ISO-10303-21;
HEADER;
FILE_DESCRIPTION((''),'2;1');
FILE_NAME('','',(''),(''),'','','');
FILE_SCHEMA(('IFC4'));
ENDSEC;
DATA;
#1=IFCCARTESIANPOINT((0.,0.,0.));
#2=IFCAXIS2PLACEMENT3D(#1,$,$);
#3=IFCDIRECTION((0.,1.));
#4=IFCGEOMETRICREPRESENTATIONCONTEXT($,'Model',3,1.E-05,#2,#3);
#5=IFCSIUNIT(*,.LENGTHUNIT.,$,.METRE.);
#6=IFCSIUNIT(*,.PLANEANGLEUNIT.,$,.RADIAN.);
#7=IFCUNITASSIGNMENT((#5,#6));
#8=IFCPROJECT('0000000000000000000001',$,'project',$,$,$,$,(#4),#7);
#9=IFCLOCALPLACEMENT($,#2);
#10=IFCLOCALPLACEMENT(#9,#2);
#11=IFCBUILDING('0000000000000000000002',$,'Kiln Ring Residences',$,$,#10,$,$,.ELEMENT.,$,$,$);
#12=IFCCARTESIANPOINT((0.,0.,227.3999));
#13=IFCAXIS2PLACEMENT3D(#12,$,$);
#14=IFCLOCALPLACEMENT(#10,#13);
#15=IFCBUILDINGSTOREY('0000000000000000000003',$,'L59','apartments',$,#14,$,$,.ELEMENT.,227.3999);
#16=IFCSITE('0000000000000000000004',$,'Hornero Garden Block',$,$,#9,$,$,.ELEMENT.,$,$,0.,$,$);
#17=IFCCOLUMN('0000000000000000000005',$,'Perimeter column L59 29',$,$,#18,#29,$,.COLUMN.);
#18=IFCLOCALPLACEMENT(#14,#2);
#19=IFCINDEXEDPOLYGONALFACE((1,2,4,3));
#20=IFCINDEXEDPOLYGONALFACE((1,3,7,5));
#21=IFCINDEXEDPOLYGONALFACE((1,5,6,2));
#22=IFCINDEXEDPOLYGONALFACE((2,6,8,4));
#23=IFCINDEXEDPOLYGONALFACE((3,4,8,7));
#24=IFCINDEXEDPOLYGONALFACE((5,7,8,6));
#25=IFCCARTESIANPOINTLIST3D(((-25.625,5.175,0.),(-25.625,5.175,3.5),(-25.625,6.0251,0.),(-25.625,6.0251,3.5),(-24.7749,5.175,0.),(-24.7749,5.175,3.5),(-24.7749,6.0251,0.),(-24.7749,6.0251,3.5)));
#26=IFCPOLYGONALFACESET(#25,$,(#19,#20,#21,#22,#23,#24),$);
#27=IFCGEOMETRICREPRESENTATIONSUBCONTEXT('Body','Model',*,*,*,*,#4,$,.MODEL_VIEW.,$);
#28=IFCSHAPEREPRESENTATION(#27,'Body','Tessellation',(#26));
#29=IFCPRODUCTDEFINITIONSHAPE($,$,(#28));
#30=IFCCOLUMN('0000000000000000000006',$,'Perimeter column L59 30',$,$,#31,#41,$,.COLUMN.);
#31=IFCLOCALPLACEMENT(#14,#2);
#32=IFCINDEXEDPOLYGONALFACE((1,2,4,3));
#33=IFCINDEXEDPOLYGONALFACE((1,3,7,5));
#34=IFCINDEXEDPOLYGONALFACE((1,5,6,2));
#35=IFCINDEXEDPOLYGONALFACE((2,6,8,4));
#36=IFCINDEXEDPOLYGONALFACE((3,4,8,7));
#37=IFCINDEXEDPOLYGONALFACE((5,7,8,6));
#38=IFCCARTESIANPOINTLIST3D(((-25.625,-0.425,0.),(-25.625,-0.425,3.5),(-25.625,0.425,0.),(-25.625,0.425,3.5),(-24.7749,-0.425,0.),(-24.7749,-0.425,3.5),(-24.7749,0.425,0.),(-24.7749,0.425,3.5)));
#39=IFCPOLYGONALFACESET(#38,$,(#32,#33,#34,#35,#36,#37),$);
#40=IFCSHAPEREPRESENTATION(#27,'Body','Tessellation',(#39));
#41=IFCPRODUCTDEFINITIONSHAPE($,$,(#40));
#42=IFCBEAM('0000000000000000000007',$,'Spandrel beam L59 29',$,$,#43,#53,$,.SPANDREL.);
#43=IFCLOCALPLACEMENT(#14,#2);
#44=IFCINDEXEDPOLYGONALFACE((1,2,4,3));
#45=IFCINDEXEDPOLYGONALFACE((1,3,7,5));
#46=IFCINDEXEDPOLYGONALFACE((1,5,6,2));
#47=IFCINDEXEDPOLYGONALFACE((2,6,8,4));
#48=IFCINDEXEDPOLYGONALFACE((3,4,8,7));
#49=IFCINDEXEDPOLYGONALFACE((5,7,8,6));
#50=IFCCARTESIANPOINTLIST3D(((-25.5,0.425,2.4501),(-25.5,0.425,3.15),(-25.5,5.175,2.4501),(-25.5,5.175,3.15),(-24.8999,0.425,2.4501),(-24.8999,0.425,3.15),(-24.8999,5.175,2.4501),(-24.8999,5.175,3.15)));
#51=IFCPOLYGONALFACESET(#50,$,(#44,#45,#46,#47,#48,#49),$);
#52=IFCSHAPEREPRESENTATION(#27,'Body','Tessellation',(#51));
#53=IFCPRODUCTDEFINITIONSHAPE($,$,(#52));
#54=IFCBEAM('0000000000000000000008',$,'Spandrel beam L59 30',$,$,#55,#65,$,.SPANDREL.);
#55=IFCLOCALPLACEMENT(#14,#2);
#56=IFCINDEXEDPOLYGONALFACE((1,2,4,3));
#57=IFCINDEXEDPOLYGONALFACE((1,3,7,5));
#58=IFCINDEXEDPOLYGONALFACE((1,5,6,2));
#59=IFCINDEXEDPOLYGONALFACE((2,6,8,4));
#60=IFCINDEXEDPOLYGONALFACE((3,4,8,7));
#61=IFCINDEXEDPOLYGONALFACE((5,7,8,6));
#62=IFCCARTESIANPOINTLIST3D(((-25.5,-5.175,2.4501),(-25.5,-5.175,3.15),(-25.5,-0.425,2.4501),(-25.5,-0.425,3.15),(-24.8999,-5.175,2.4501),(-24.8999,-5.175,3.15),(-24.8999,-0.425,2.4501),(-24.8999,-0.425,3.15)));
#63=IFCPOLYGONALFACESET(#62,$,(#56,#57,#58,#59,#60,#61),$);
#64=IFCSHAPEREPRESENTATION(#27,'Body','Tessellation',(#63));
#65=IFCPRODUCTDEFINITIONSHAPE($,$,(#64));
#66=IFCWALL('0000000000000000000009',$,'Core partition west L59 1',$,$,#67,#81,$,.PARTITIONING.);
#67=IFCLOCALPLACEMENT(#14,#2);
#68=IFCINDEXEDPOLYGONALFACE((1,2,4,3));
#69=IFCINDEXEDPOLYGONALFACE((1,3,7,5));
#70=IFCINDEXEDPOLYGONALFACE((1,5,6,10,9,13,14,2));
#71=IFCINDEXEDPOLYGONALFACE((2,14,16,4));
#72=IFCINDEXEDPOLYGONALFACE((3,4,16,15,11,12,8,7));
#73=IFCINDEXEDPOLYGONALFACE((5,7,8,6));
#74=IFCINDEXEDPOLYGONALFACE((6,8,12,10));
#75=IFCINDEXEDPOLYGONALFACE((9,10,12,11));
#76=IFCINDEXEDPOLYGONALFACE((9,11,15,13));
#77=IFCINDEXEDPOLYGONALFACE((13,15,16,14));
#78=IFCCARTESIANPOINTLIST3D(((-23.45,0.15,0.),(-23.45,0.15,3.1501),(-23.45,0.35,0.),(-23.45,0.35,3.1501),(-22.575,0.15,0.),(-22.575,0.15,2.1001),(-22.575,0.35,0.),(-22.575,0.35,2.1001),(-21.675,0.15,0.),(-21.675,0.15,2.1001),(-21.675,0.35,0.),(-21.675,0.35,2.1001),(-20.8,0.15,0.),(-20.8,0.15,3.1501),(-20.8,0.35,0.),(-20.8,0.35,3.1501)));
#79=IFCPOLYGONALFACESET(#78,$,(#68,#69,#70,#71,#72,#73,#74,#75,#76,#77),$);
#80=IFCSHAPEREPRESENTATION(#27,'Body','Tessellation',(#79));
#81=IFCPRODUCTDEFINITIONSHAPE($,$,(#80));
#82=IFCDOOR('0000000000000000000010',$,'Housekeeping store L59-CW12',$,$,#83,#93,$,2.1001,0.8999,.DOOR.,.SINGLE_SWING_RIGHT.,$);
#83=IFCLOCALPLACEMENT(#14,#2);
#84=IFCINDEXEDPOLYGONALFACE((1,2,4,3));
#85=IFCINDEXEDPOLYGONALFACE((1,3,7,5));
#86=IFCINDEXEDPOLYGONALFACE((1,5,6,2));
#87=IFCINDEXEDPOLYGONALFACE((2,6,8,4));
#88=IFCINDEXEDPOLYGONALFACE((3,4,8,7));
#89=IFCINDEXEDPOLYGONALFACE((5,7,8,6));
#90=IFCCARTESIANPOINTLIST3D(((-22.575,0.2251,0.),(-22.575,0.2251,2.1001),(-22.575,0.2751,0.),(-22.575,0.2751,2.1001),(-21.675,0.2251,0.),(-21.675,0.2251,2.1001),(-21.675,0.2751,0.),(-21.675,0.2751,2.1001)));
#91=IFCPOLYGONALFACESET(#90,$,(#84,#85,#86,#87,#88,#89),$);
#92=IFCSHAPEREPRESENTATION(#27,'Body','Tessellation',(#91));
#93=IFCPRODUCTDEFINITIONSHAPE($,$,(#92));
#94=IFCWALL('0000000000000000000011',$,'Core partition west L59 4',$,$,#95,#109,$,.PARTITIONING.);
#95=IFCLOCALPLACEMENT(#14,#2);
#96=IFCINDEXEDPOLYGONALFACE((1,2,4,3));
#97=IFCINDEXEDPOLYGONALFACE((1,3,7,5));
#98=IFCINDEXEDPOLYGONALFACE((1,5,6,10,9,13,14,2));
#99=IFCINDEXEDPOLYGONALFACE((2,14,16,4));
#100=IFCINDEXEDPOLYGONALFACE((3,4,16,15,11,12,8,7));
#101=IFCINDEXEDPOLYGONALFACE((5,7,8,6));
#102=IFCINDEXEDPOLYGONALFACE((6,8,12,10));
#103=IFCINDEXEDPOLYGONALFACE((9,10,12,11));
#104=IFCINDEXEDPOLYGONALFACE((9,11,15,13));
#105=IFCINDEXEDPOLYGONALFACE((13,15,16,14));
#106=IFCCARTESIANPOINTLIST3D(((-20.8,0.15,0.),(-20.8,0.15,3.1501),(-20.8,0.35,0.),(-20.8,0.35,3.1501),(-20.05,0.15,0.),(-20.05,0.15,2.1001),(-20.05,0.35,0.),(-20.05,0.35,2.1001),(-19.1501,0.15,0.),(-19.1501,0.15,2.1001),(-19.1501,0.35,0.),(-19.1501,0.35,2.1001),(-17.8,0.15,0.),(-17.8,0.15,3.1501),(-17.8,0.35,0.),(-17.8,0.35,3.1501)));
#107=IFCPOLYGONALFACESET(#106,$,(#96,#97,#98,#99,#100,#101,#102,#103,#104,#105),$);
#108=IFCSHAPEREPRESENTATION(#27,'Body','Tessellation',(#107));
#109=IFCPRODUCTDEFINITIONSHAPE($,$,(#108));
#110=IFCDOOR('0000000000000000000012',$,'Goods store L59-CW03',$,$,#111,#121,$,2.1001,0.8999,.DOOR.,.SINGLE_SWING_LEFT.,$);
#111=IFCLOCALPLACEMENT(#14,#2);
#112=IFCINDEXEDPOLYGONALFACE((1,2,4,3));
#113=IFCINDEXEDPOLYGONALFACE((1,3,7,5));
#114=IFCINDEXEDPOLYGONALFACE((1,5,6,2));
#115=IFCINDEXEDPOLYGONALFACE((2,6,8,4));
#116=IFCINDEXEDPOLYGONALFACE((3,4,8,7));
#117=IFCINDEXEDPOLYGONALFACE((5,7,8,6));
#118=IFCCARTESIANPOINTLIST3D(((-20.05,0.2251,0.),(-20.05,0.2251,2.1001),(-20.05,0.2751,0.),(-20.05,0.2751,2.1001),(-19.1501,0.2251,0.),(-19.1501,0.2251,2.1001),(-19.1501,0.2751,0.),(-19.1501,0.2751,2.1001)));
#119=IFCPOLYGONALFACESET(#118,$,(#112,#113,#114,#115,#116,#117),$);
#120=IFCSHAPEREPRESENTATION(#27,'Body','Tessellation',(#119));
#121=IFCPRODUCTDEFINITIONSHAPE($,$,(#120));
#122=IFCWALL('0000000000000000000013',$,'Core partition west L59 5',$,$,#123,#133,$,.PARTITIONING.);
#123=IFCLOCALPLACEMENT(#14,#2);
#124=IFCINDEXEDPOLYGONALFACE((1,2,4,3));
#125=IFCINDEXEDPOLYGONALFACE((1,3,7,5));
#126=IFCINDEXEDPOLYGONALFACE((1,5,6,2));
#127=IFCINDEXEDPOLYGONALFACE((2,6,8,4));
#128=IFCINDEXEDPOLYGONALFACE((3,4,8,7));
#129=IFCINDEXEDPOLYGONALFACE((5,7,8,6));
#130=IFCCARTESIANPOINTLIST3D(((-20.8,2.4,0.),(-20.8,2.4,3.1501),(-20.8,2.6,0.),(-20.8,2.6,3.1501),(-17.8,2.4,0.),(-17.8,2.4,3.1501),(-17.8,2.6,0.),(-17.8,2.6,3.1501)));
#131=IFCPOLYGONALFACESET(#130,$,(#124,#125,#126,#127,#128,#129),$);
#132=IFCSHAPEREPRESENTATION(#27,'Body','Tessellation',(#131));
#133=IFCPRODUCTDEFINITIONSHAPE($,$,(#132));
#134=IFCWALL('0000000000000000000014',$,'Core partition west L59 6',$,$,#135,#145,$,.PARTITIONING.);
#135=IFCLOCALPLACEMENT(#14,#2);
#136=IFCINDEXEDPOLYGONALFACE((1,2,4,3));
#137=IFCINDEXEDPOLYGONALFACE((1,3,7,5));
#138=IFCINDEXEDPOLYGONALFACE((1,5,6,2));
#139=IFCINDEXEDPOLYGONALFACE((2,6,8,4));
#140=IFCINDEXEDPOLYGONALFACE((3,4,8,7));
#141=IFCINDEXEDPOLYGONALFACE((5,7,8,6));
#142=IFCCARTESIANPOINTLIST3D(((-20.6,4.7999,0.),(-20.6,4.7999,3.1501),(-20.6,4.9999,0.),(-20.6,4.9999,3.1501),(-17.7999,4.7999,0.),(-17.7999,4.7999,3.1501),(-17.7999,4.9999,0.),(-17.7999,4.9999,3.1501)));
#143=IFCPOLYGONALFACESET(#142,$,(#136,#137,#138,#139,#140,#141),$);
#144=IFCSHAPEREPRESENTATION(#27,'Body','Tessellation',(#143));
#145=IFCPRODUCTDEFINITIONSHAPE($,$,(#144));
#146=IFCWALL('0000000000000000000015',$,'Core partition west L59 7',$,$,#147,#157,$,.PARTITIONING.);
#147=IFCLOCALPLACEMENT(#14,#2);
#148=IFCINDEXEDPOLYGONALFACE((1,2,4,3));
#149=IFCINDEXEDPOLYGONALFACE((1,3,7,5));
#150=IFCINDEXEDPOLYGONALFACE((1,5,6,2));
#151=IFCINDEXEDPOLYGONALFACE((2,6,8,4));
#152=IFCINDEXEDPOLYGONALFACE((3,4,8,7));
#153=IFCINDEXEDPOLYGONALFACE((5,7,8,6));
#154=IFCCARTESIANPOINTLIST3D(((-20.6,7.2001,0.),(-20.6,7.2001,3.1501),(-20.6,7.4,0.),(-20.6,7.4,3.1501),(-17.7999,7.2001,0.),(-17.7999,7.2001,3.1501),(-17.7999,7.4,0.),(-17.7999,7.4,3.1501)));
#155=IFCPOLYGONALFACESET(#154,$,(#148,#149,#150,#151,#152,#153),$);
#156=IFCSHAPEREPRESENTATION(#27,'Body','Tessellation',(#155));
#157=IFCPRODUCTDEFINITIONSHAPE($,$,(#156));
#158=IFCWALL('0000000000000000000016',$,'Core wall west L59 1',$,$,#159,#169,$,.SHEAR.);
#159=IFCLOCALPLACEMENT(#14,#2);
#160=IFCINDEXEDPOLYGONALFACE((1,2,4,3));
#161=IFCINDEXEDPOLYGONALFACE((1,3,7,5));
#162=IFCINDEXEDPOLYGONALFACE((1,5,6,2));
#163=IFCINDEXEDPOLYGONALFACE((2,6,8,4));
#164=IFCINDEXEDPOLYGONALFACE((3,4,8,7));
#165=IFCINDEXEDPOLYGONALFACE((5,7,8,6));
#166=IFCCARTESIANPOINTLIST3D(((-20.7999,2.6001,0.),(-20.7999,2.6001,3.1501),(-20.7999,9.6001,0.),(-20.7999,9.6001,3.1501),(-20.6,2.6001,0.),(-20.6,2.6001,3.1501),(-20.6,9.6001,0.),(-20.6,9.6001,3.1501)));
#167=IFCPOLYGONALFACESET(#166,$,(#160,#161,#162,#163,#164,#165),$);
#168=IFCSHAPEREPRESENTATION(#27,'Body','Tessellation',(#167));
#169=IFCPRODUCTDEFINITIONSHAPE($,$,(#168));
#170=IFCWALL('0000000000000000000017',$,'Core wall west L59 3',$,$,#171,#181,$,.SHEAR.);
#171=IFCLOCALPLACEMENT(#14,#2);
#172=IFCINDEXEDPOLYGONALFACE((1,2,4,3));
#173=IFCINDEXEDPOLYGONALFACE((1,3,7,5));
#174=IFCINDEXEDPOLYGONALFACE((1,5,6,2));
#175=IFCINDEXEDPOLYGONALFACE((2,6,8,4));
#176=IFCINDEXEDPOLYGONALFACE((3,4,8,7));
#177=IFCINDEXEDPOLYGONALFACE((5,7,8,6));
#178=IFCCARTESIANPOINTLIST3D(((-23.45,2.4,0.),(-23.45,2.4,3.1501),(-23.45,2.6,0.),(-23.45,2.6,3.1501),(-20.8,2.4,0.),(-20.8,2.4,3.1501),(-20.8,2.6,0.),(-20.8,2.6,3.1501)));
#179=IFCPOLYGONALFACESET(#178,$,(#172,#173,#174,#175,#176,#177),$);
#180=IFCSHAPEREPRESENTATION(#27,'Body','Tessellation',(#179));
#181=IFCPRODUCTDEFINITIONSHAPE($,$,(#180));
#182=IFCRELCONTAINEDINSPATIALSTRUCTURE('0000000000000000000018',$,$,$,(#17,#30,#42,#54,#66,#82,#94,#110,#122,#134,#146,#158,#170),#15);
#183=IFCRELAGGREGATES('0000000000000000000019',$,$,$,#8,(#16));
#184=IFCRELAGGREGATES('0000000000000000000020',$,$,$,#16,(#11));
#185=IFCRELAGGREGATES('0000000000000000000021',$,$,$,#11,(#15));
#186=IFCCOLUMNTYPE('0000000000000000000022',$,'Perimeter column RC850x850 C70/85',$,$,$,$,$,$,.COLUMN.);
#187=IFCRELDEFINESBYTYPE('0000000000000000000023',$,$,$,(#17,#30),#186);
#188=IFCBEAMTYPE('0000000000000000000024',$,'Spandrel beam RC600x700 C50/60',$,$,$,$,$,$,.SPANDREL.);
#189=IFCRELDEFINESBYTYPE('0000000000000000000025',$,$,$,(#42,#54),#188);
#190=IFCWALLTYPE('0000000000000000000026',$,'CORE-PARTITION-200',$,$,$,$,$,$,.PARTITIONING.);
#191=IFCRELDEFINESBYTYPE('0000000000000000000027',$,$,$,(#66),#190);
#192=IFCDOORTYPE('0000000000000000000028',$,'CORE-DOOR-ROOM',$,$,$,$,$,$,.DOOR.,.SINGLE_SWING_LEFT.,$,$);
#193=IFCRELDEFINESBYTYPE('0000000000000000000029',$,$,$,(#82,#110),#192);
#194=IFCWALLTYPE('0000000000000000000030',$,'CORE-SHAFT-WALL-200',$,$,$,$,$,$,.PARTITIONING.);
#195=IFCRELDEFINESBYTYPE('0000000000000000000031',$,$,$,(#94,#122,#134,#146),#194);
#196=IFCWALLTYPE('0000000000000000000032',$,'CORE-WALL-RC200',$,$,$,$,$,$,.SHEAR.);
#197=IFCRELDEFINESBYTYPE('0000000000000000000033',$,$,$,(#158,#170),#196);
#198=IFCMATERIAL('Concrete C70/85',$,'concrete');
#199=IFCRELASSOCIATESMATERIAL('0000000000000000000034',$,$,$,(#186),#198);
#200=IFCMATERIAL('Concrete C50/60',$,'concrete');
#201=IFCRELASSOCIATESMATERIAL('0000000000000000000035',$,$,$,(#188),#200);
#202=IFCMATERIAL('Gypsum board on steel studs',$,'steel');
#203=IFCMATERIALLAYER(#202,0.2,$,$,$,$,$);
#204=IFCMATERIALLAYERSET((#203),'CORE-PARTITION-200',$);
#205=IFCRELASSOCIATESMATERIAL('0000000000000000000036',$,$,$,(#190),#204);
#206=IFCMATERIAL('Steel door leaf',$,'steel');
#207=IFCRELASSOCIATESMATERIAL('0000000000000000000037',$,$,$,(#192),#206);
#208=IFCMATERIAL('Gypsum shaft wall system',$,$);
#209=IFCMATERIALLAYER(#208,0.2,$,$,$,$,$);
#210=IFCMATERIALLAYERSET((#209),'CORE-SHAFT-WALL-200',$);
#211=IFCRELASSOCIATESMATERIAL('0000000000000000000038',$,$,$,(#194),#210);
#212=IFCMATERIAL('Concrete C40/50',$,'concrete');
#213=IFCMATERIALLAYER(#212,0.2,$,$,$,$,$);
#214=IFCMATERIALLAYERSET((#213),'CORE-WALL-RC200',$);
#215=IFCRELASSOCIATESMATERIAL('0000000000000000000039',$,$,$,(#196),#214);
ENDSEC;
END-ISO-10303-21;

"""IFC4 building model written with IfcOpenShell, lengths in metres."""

from ifc_helpers import new_model, si_unit, direction, frame, frame_2d, origin, origin_2d, place, context, subcontext, project, spatial, rectangle, extrude, material, layer, layer_set, material_profile, profile_set, type_object, element, fill, save


model = new_model("IFC4")

# Units and contexts
model_context = context("Model", 3, precision=1e-05, world=origin(), true_north=direction((0.0, 1.0)))
body_context = subcontext(model_context, "Body", "Model", "MODEL_VIEW")
ifc_project = project(units=[si_unit("LENGTHUNIT", "METRE"), si_unit("PLANEANGLEUNIT", "RADIAN")], contexts=[model_context])

# Site, building, storey
site_placement = place(None, origin())
site = spatial("IfcSite", under=ifc_project, at=site_placement, Name="Hornero Garden Block", CompositionType="ELEMENT", RefElevation=0.0)
building_placement = place(site_placement, origin())
building = spatial("IfcBuilding", under=site, at=building_placement, Name="Kiln Ring Residences", CompositionType="ELEMENT")
storey_placement = place(building_placement, frame((0.0, 0.0, 227.3999)))
storey = spatial("IfcBuildingStorey", under=building, at=storey_placement, Name="L59", Description="apartments", CompositionType="ELEMENT", Elevation=227.3999)

# Columns
ifc_material_1 = material(Name="Concrete C70/85", Category="concrete")
ifc_material_profile_1 = material_profile(ifc_material_1, rectangle(XDim=0.8501, YDim=0.8501, at=origin_2d()), Name="RC850x850")
ifc_profile_set_1 = profile_set([ifc_material_profile_1], Name="Concrete C70/85")
column_type = type_object("IfcColumnType", Name="Perimeter column RC850x850 C70/85", PredefinedType="COLUMN", material=ifc_profile_set_1)
for number, where, z_axis, x_axis, name in (
    (1, (-25.2, 5.6001, 0.0), (0.0, 0.0, 1.0), (1.0, 0.0, 0.0), "Perimeter column L59 29"),
    (2, (-25.2, 0.0, 0.0), (0.0, 0.0, 1.0), (1.0, 0.0, 0.0), "Perimeter column L59 30"),
):
    element("IfcColumn", number, at=place(storey_placement, frame(where, z_axis=z_axis, x_axis=x_axis)), inside=storey, type_object=column_type, Name=name, PredefinedType="COLUMN", context=body_context, shape_type="SweptSolid", body=[
        extrude(rectangle(XDim=0.8501, YDim=0.8501, at=origin_2d()), origin(), (0.0, 0.0, 1.0), 3.5),
    ])

# Beams
ifc_material_2 = material(Name="Concrete C50/60", Category="concrete")
ifc_material_profile_2 = material_profile(ifc_material_2, rectangle(XDim=0.6001, YDim=0.7, at=origin_2d()), Name="RC600x700")
ifc_profile_set_2 = profile_set([ifc_material_profile_2], Name="Concrete C50/60")
beam_type = type_object("IfcBeamType", Name="Spandrel beam RC600x700 C50/60", PredefinedType="SPANDREL", material=ifc_profile_set_2)
for number, where, z_axis, x_axis, name in (
    (3, (-25.2, 5.175, 2.8), (0.0, -1.0, 0.0), (1.0, 0.0, 0.0), "Spandrel beam L59 29"),
    (4, (-25.2, -0.425, 2.8), (0.0, -1.0, 0.0), (1.0, 0.0, 0.0), "Spandrel beam L59 30"),
):
    element("IfcBeam", number, at=place(storey_placement, frame(where, z_axis=z_axis, x_axis=x_axis)), inside=storey, type_object=beam_type, Name=name, PredefinedType="SPANDREL", context=body_context, shape_type="SweptSolid", body=[
        extrude(rectangle(XDim=0.6001, YDim=0.7, at=origin_2d()), origin(), (0.0, 0.0, 1.0), 4.75),
    ])

# Walls, openings, doors
ifc_material_3 = material(Name="Gypsum board on steel studs", Category="steel")
ifc_layer_1 = layer(ifc_material_3, 0.2)
ifc_layer_set_1 = layer_set([ifc_layer_1], Name="CORE-PARTITION-200")
wall_type_1 = type_object("IfcWallType", Name="CORE-PARTITION-200", PredefinedType="PARTITIONING", material=ifc_layer_set_1)
wall_1_placement = place(storey_placement, frame((-20.8, 0.25, 0.0), z_axis=(0.0, 0.0, 1.0), x_axis=(-1.0, 0.0, 0.0)))
wall_1 = element("IfcWall", 5, at=wall_1_placement, inside=storey, type_object=wall_type_1, Name="Core partition west L59 1", PredefinedType="PARTITIONING", context=body_context, shape_type="SweptSolid", body=[
    extrude(rectangle(XDim=2.6499, YDim=0.2, at=frame_2d((1.325, 0.0))), origin(), (0.0, 0.0, 1.0), 3.1501),
])
opening_1_placement = place(wall_1_placement, frame((0.875, 0.0, 0.0)))
opening_1 = element("IfcOpeningElement", 6, at=opening_1_placement, cuts=wall_1, PredefinedType="OPENING", context=body_context, shape_type="SweptSolid", body=[
    extrude(rectangle(XDim=0.8999, YDim=2.1001, at=frame_2d((0.45, 1.05))), frame((0.0, 0.1099, 0.0), z_axis=(0.0, -1.0, 0.0), x_axis=(1.0, 0.0, 0.0)), (0.0, 0.0, 1.0), 0.22),
])
ifc_material_4 = material(Name="Steel door leaf", Category="steel")
door_type = type_object("IfcDoorType", Name="CORE-DOOR-ROOM", OperationType="SINGLE_SWING_LEFT", PredefinedType="DOOR", material=ifc_material_4)
door_1_placement = place(opening_1_placement, origin())
door_1 = element("IfcDoor", 7, at=door_1_placement, inside=storey, type_object=door_type, Name="Housekeeping store L59-CW12", OperationType="SINGLE_SWING_RIGHT", OverallHeight=2.1001, OverallWidth=0.8999, PredefinedType="DOOR", context=body_context, shape_type="SweptSolid", body=[
    extrude(rectangle(XDim=0.8999, YDim=2.1001, at=frame_2d((0.45, 1.05))), frame((0.0, 0.0249, 0.0), z_axis=(0.0, -1.0, 0.0), x_axis=(1.0, 0.0, 0.0)), (0.0, 0.0, 1.0), 0.05),
])
fill(opening_1, door_1)
ifc_material_5 = material(Name="Gypsum shaft wall system")
ifc_layer_2 = layer(ifc_material_5, 0.2)
ifc_layer_set_2 = layer_set([ifc_layer_2], Name="CORE-SHAFT-WALL-200")
wall_type_2 = type_object("IfcWallType", Name="CORE-SHAFT-WALL-200", PredefinedType="PARTITIONING", material=ifc_layer_set_2)
wall_2_placement = place(storey_placement, frame((-17.8, 0.25, 0.0), z_axis=(0.0, 0.0, 1.0), x_axis=(-1.0, 0.0, 0.0)))
wall_2 = element("IfcWall", 8, at=wall_2_placement, inside=storey, type_object=wall_type_2, Name="Core partition west L59 4", PredefinedType="PARTITIONING", context=body_context, shape_type="SweptSolid", body=[
    extrude(rectangle(XDim=3.0, YDim=0.2, at=frame_2d((1.5, 0.0))), origin(), (0.0, 0.0, 1.0), 3.1501),
])
opening_2_placement = place(wall_2_placement, frame((1.3501, 0.0, 0.0)))
opening_2 = element("IfcOpeningElement", 9, at=opening_2_placement, cuts=wall_2, PredefinedType="OPENING", context=body_context, shape_type="SweptSolid", body=[
    extrude(rectangle(XDim=0.8999, YDim=2.1001, at=frame_2d((0.45, 1.05))), frame((0.0, 0.1099, 0.0), z_axis=(0.0, -1.0, 0.0), x_axis=(1.0, 0.0, 0.0)), (0.0, 0.0, 1.0), 0.22),
])
door_2_placement = place(opening_2_placement, origin())
door_2 = element("IfcDoor", 10, at=door_2_placement, inside=storey, type_object=door_type, Name="Goods store L59-CW03", OperationType="SINGLE_SWING_LEFT", OverallHeight=2.1001, OverallWidth=0.8999, PredefinedType="DOOR", context=body_context, shape_type="SweptSolid", body=[
    extrude(rectangle(XDim=0.8999, YDim=2.1001, at=frame_2d((0.45, 1.05))), frame((0.0, 0.0249, 0.0), z_axis=(0.0, -1.0, 0.0), x_axis=(1.0, 0.0, 0.0)), (0.0, 0.0, 1.0), 0.05),
])
fill(opening_2, door_2)

# Walls
wall_3_placement = place(storey_placement, frame((-17.8, 2.5, 0.0), z_axis=(0.0, 0.0, 1.0), x_axis=(-1.0, 0.0, 0.0)))
element("IfcWall", 11, at=wall_3_placement, inside=storey, type_object=wall_type_2, Name="Core partition west L59 5", PredefinedType="PARTITIONING", context=body_context, shape_type="SweptSolid", body=[
    extrude(rectangle(XDim=3.0, YDim=0.2, at=frame_2d((1.5, 0.0))), origin(), (0.0, 0.0, 1.0), 3.1501),
])
for number, where, z_axis, x_axis, name in (
    (12, (-17.8, 4.8999, 0.0), (0.0, 0.0, 1.0), (-1.0, 0.0, 0.0), "Core partition west L59 6"),
    (13, (-17.8, 7.3, 0.0), (0.0, 0.0, 1.0), (-1.0, 0.0, 0.0), "Core partition west L59 7"),
):
    element("IfcWall", number, at=place(storey_placement, frame(where, z_axis=z_axis, x_axis=x_axis)), inside=storey, type_object=wall_type_2, Name=name, PredefinedType="PARTITIONING", context=body_context, shape_type="SweptSolid", body=[
        extrude(rectangle(XDim=2.8, YDim=0.2, at=frame_2d((1.3999, 0.0))), origin(), (0.0, 0.0, 1.0), 3.1501),
    ])
ifc_material_6 = material(Name="Concrete C40/50", Category="concrete")
ifc_layer_3 = layer(ifc_material_6, 0.2)
ifc_layer_set_3 = layer_set([ifc_layer_3], Name="CORE-WALL-RC200")
wall_type_3 = type_object("IfcWallType", Name="CORE-WALL-RC200", PredefinedType="SHEAR", material=ifc_layer_set_3)
wall_4_placement = place(storey_placement, frame((-20.7, 2.6001, 0.0), z_axis=(0.0, 0.0, 1.0), x_axis=(0.0, 1.0, 0.0)))
element("IfcWall", 14, at=wall_4_placement, inside=storey, type_object=wall_type_3, Name="Core wall west L59 1", PredefinedType="SHEAR", context=body_context, shape_type="SweptSolid", body=[
    extrude(rectangle(XDim=7.0, YDim=0.2, at=frame_2d((3.5, 0.0))), origin(), (0.0, 0.0, 1.0), 3.1501),
])
wall_5_placement = place(storey_placement, frame((-20.8, 2.5, 0.0), z_axis=(0.0, 0.0, 1.0), x_axis=(-1.0, 0.0, 0.0)))
element("IfcWall", 15, at=wall_5_placement, inside=storey, type_object=wall_type_3, Name="Core wall west L59 3", PredefinedType="SHEAR", context=body_context, shape_type="SweptSolid", body=[
    extrude(rectangle(XDim=2.6499, YDim=0.2, at=frame_2d((1.325, 0.0))), origin(), (0.0, 0.0, 1.0), 3.1501),
])

save(model, "model.ifc")
